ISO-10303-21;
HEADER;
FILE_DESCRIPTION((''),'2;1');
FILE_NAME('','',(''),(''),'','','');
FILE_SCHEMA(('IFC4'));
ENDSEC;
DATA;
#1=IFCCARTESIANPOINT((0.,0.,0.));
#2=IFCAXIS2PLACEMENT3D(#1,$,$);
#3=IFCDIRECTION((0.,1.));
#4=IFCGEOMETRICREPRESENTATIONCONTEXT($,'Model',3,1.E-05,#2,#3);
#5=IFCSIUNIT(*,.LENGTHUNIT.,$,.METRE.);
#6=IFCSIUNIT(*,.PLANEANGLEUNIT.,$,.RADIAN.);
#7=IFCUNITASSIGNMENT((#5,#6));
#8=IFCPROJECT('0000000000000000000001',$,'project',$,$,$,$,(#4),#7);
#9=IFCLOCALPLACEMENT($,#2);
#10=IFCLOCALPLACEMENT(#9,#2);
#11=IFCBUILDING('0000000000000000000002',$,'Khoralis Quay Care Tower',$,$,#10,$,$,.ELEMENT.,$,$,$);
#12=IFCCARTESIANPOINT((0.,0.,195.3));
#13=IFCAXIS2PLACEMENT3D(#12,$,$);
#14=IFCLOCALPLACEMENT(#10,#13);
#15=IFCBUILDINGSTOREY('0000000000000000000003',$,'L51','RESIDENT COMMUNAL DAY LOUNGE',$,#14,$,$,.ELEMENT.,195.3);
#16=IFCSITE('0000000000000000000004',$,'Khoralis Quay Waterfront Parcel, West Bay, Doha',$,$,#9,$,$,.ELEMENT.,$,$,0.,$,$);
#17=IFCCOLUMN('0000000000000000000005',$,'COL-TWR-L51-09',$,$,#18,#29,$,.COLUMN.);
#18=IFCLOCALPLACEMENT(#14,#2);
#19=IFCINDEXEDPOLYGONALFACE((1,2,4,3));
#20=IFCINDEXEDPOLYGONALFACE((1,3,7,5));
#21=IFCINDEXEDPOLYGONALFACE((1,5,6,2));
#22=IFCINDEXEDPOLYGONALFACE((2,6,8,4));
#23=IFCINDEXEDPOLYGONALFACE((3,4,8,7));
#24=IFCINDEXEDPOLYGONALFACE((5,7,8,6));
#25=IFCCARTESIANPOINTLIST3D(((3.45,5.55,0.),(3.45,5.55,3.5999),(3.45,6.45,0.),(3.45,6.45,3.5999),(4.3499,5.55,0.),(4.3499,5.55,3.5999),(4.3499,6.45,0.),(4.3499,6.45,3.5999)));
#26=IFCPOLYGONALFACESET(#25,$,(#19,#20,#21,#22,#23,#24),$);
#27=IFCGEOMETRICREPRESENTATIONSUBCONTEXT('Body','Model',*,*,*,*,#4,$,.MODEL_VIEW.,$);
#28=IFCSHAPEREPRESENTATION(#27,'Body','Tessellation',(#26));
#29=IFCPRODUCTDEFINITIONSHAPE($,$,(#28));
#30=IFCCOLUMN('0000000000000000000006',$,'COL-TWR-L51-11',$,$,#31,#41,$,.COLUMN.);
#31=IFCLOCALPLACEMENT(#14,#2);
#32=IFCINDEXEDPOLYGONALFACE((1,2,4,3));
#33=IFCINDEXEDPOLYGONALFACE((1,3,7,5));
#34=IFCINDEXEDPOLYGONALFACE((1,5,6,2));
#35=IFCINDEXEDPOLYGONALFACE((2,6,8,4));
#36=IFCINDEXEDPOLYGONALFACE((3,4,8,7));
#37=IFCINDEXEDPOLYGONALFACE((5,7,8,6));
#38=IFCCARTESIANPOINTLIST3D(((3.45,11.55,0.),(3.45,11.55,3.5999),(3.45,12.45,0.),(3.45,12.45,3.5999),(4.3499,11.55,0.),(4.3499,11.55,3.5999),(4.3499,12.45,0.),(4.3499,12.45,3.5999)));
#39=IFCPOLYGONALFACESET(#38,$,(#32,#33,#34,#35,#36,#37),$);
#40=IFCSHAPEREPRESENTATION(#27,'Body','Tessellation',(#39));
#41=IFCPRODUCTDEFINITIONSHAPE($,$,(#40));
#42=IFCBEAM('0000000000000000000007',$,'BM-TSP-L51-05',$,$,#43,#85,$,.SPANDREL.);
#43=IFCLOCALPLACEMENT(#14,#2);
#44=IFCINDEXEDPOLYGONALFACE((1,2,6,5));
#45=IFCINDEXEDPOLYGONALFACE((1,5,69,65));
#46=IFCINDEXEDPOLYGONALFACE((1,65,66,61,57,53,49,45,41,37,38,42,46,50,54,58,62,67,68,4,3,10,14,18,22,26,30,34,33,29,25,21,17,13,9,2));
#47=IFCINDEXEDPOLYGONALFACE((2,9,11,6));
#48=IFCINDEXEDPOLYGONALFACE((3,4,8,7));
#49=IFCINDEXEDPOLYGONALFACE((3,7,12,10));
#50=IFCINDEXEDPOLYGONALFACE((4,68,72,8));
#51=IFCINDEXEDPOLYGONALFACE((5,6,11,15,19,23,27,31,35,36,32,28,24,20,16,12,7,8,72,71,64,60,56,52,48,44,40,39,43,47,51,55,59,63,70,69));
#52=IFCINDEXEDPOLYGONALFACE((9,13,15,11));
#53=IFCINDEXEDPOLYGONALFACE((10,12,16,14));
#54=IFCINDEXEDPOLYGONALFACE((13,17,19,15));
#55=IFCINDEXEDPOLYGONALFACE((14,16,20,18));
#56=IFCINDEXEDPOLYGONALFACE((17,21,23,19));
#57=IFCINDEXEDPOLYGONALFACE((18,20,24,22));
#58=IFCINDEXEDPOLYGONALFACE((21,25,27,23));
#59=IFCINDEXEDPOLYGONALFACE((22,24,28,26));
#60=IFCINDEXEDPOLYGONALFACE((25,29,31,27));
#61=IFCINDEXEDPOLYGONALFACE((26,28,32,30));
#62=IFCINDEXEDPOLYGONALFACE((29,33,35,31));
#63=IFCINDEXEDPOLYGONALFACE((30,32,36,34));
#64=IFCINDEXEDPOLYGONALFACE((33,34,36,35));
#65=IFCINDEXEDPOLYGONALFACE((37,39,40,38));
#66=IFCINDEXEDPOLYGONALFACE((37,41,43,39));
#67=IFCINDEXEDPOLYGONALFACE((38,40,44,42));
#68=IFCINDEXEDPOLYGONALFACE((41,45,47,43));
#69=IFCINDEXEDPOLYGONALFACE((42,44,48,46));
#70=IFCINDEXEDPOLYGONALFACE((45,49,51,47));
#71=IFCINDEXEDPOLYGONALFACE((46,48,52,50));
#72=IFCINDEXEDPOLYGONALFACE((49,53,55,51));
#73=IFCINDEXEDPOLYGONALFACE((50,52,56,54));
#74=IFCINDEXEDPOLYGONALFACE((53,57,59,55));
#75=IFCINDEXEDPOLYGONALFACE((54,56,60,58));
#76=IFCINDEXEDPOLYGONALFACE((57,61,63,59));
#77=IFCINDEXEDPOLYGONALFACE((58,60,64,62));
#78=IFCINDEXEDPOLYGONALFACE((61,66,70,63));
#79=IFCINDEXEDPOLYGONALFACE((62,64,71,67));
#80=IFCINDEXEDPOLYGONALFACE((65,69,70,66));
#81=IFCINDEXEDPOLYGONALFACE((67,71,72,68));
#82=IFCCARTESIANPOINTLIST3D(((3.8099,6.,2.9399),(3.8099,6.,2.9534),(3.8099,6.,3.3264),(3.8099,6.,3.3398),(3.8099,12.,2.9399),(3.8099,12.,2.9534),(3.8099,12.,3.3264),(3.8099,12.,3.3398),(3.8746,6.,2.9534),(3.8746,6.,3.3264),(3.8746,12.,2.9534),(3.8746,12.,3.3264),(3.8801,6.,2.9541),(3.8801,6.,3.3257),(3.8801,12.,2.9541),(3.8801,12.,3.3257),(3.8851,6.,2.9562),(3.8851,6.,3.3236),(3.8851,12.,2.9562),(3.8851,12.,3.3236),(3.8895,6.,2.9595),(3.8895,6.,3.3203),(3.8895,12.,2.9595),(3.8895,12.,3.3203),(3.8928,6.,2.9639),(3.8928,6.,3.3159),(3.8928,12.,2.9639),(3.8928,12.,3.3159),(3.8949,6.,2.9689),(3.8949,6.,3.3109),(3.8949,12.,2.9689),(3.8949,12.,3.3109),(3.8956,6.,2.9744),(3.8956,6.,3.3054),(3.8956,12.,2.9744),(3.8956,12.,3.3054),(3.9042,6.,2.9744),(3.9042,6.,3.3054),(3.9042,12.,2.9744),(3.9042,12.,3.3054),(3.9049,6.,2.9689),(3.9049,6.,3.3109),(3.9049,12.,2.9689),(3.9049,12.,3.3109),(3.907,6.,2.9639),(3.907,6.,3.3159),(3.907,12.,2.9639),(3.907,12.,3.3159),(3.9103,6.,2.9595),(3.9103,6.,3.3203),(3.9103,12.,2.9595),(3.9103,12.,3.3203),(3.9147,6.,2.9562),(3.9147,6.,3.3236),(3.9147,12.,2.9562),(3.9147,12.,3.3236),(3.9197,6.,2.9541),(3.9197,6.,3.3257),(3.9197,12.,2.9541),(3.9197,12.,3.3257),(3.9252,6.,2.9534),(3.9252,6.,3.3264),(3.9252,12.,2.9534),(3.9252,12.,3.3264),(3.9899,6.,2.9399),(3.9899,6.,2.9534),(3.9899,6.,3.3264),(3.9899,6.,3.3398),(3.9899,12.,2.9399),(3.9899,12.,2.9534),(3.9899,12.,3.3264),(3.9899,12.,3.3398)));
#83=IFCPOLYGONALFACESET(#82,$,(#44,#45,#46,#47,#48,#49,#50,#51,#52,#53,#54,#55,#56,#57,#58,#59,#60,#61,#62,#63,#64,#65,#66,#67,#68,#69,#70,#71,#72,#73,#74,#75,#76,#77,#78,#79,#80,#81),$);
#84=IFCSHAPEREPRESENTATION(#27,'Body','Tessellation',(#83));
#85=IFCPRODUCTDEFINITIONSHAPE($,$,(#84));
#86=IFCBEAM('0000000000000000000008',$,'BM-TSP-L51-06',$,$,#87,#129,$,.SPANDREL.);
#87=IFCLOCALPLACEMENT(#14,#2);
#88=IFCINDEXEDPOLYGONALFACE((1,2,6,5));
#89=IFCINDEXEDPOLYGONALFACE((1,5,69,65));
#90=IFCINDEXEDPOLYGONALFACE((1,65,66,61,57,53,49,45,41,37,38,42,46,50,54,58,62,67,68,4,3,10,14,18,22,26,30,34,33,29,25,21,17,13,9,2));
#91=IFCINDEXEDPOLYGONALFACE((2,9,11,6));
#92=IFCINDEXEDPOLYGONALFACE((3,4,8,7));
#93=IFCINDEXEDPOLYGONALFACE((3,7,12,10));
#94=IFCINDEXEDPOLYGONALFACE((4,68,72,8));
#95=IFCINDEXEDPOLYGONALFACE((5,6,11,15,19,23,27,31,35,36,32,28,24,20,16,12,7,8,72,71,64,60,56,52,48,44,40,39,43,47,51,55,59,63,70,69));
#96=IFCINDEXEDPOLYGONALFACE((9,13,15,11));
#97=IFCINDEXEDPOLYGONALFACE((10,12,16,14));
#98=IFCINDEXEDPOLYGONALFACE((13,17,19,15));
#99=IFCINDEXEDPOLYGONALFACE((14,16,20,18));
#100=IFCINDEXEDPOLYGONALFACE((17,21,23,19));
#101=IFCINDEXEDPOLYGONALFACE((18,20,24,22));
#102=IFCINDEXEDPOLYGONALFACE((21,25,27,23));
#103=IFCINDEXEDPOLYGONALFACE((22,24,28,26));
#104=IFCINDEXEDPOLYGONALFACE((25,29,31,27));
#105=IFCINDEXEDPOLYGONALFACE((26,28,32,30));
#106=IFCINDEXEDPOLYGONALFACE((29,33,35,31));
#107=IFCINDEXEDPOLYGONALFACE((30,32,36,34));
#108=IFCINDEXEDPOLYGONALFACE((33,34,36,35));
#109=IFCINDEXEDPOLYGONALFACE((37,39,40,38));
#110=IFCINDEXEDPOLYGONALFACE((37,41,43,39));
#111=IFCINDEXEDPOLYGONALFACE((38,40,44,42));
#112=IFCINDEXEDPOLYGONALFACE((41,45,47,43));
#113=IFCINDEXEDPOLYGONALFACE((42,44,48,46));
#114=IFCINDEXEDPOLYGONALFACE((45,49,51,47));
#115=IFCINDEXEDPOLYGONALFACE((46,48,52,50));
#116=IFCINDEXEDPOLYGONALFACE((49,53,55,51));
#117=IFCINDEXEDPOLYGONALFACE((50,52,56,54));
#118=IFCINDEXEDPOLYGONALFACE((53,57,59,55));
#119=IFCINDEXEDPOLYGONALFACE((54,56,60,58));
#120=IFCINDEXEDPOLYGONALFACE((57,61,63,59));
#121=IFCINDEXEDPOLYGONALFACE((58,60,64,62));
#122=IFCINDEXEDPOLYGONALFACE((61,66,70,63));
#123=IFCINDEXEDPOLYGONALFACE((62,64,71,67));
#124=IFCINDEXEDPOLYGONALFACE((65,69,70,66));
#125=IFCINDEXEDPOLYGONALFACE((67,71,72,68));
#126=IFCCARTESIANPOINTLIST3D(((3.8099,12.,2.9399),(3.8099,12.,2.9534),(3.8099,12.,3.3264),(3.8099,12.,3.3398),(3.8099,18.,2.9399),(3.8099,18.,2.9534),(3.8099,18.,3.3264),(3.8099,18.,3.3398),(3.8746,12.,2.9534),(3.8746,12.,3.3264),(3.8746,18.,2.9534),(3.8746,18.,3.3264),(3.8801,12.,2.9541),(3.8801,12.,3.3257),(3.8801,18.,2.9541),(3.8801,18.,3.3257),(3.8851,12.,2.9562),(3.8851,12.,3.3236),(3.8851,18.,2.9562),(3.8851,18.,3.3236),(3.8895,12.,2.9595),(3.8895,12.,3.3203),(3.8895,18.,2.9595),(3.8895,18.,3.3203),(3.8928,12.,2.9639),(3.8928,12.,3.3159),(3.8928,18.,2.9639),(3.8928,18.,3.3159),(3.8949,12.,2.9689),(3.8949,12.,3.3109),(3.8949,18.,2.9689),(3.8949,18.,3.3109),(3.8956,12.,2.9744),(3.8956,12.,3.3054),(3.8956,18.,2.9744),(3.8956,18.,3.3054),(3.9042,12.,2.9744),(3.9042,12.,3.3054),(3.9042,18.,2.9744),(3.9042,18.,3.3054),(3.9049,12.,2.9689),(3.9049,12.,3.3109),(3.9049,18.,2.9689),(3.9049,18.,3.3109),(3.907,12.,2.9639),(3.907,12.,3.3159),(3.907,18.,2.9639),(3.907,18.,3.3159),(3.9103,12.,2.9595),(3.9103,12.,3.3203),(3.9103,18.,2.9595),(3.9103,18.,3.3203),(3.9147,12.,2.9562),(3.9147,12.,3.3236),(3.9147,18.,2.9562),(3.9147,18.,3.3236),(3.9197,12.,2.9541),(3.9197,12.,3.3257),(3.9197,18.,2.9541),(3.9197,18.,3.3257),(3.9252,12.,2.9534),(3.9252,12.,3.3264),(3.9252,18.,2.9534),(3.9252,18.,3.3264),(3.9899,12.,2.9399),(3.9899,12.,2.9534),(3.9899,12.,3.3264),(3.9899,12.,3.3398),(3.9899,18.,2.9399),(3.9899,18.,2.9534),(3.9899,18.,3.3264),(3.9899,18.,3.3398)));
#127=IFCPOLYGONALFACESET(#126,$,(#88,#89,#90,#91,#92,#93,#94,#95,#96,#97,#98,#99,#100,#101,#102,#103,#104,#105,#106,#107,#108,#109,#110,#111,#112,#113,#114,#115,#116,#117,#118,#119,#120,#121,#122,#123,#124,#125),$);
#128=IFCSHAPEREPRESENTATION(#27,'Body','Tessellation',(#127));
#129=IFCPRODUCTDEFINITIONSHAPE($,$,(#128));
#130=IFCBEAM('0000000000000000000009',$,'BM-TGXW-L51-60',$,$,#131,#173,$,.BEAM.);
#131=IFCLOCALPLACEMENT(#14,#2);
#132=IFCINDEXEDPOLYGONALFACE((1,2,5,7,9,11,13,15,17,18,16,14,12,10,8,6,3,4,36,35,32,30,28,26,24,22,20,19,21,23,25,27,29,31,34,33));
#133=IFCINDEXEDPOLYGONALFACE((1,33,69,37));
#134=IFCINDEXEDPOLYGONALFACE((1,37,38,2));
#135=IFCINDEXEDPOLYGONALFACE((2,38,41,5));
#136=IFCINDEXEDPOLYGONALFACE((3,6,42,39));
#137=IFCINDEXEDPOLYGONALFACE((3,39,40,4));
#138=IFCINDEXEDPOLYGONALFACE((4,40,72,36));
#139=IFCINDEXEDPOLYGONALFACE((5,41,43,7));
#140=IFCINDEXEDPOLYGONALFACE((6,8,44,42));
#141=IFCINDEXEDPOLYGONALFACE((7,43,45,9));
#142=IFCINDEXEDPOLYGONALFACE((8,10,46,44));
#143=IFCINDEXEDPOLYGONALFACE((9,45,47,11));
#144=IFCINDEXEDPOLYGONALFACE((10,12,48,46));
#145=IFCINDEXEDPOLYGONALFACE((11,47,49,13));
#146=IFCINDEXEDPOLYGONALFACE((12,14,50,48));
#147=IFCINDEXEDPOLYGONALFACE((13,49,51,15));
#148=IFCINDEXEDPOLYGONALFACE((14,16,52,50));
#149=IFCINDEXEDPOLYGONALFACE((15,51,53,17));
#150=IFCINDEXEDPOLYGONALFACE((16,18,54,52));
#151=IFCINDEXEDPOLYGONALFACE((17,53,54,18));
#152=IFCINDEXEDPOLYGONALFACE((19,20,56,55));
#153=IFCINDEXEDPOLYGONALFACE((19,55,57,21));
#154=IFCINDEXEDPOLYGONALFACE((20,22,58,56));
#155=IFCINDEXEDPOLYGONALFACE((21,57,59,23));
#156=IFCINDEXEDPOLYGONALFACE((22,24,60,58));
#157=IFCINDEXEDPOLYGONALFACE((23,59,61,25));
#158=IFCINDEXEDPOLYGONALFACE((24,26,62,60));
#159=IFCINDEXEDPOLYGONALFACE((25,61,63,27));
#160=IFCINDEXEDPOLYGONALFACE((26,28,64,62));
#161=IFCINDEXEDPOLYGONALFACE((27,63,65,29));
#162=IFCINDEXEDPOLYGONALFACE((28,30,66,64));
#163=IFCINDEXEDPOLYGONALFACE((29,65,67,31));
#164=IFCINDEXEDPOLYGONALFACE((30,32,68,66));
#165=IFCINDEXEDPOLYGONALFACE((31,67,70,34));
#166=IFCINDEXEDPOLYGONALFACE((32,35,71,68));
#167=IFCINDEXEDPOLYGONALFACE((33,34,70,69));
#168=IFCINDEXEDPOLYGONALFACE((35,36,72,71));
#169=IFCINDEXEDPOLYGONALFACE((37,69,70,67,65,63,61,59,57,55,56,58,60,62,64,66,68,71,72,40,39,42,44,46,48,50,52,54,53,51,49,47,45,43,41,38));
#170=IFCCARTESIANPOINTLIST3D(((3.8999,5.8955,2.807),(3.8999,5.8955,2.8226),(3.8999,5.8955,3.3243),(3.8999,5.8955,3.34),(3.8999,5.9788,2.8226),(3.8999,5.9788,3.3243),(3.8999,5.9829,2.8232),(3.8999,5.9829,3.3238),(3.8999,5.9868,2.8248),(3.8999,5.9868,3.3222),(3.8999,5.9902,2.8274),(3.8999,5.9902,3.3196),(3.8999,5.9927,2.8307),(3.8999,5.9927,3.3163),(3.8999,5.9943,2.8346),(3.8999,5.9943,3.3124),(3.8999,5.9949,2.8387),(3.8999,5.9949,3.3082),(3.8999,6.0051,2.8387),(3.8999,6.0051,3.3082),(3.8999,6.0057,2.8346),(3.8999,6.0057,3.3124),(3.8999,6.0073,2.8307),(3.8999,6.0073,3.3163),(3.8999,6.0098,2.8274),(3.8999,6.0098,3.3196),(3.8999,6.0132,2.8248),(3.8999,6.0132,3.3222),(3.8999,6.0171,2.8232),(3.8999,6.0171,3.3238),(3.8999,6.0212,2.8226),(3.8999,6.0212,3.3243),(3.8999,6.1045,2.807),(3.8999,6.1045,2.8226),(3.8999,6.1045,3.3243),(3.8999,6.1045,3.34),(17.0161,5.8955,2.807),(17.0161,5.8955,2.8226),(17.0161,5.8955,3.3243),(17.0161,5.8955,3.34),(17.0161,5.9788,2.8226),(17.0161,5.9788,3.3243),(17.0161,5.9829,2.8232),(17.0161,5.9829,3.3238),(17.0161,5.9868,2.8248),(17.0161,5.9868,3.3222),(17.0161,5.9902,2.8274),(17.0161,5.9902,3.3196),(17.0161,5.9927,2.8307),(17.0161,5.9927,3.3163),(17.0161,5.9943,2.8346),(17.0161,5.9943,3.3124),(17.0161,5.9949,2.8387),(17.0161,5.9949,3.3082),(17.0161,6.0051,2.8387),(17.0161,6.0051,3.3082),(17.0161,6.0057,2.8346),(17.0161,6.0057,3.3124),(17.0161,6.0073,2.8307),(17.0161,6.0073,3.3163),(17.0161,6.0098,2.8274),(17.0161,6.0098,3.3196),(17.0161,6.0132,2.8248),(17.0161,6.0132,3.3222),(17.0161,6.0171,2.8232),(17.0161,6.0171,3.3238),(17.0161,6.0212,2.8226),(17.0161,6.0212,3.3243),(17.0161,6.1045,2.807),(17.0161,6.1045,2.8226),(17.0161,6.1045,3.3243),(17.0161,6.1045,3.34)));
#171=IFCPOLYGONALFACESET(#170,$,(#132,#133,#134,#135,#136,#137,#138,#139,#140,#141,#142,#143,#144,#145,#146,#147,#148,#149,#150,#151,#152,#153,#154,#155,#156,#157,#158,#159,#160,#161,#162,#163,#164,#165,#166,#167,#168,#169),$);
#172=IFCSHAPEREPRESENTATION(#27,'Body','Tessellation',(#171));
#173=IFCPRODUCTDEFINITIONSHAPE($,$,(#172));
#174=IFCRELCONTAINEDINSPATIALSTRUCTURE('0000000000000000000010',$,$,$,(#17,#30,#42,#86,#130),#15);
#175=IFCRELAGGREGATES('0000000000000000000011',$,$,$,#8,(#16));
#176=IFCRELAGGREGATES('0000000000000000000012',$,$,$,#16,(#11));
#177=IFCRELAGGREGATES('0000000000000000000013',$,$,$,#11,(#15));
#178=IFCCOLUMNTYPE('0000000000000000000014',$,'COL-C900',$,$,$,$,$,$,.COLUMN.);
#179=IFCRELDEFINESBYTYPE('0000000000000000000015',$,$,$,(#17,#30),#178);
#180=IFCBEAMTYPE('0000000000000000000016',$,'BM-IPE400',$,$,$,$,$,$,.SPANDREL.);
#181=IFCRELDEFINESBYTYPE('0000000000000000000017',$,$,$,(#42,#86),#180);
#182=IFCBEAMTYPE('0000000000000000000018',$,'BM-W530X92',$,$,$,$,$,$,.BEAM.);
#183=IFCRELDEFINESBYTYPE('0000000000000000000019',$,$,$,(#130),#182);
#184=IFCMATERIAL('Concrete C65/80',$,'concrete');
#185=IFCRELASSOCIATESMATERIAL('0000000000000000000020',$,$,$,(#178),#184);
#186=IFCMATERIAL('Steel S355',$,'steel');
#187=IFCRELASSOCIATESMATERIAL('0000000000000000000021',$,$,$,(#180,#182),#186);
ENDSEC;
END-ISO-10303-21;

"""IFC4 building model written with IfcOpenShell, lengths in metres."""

from ifc_helpers import new_model, si_unit, direction, frame, origin, origin_2d, place, context, subcontext, project, spatial, rectangle, i_section, extrude, source, transform, mapped, material, material_profile, profile_set, type_object, element, save


model = new_model("IFC4")

# Units and contexts
model_context = context("Model", 3, precision=1e-05, world=origin(), true_north=direction((0.0, 1.0)))
body_context = subcontext(model_context, "Body", "Model", "MODEL_VIEW")
ifc_project = project(units=[si_unit("LENGTHUNIT", "METRE"), si_unit("PLANEANGLEUNIT", "RADIAN")], contexts=[model_context])

# Site, building, storey
site_placement = place(None, origin())
site = spatial("IfcSite", under=ifc_project, at=site_placement, Name="Khoralis Quay Waterfront Parcel, West Bay, Doha", CompositionType="ELEMENT", RefElevation=0.0)
building_placement = place(site_placement, origin())
building = spatial("IfcBuilding", under=site, at=building_placement, Name="Khoralis Quay Care Tower", CompositionType="ELEMENT")
storey_placement = place(building_placement, frame((0.0, 0.0, 195.3)))
storey = spatial("IfcBuildingStorey", under=building, at=storey_placement, Name="L51", Description="RESIDENT COMMUNAL DAY LOUNGE", CompositionType="ELEMENT", Elevation=195.3)

# Columns
ifc_material_1 = material(Name="Concrete C65/80", Category="concrete")
ifc_material_profile_1 = material_profile(ifc_material_1, rectangle(XDim=0.8999, YDim=0.8999, at=origin_2d()), Name="Concrete C65/80")
ifc_profile_set_1 = profile_set([ifc_material_profile_1], Name="Concrete C65/80")
column_type = type_object("IfcColumnType", Name="COL-C900", PredefinedType="COLUMN", material=ifc_profile_set_1)
shared_shape_1 = source(origin(), body_context, "Body", "SweptSolid", [
    extrude(rectangle(XDim=0.8999, YDim=0.8999, at=origin_2d()), origin(), (0.0, 0.0, 1.0), 3.5999),
])
for number, where, z_axis, x_axis, name in (
    (1, (3.8999, 6.0, 0.0), (0.0, 0.0, 1.0), (1.0, 0.0, 0.0), "COL-TWR-L51-09"),
    (2, (3.8999, 12.0, 0.0), (0.0, 0.0, 1.0), (1.0, 0.0, 0.0), "COL-TWR-L51-11"),
):
    element("IfcColumn", number, at=place(storey_placement, frame(where, z_axis=z_axis, x_axis=x_axis)), inside=storey, type_object=column_type, Name=name, PredefinedType="COLUMN", context=body_context, shape_type="MappedRepresentation", body=[
        mapped(shared_shape_1, transform((0.0, 0.0, 0.0), scale=1.0)),
    ])

# Beams
ifc_material_2 = material(Name="Steel S355", Category="steel")
ifc_material_profile_2 = material_profile(ifc_material_2, i_section(OverallWidth=0.1799, OverallDepth=0.3999, WebThickness=0.0085, FlangeThickness=0.0134, FilletRadius=0.021, at=origin_2d()), Name="Steel S355")
ifc_profile_set_2 = profile_set([ifc_material_profile_2], Name="Steel S355")
beam_type_1 = type_object("IfcBeamType", Name="BM-IPE400", PredefinedType="SPANDREL", material=ifc_profile_set_2)
shared_shape_2 = source(origin(), body_context, "Body", "SweptSolid", [
    extrude(i_section(OverallWidth=0.1799, OverallDepth=0.3999, WebThickness=0.0085, FlangeThickness=0.0134, FilletRadius=0.021, at=origin_2d()), origin(), (0.0, 0.0, 1.0), 6.0),
])
for number, where, z_axis, x_axis, name in (
    (3, (3.8999, 6.0, 3.1399), (0.0, 1.0, 0.0), (-1.0, 0.0, 0.0), "BM-TSP-L51-05"),
    (4, (3.8999, 12.0, 3.1399), (0.0, 1.0, 0.0), (-1.0, 0.0, 0.0), "BM-TSP-L51-06"),
):
    element("IfcBeam", number, at=place(storey_placement, frame(where, z_axis=z_axis, x_axis=x_axis)), inside=storey, type_object=beam_type_1, Name=name, PredefinedType="SPANDREL", context=body_context, shape_type="MappedRepresentation", body=[
        mapped(shared_shape_2, transform((0.0, 0.0, 0.0), scale=1.0)),
    ])
ifc_material_profile_3 = material_profile(ifc_material_2, i_section(OverallWidth=0.209, OverallDepth=0.533, WebThickness=0.0103, FlangeThickness=0.0156, FilletRadius=0.0161, at=origin_2d()), Name="Steel S355")
ifc_profile_set_3 = profile_set([ifc_material_profile_3], Name="Steel S355")
beam_type_2 = type_object("IfcBeamType", Name="BM-W530X92", PredefinedType="BEAM", material=ifc_profile_set_3)
shared_shape_3 = source(origin(), body_context, "Body", "SweptSolid", [
    extrude(i_section(OverallWidth=0.209, OverallDepth=0.533, WebThickness=0.0103, FlangeThickness=0.0156, FilletRadius=0.0161, at=origin_2d()), origin(), (0.0, 0.0, 1.0), 13.1162),
])
beam_1_placement = place(storey_placement, frame((3.8999, 6.0, 3.0735), z_axis=(1.0, 0.0, 0.0), x_axis=(0.0, 1.0, 0.0)))
element("IfcBeam", 5, at=beam_1_placement, inside=storey, type_object=beam_type_2, Name="BM-TGXW-L51-60", PredefinedType="BEAM", context=body_context, shape_type="MappedRepresentation", body=[
    mapped(shared_shape_3, transform((0.0, 0.0, 0.0), scale=1.0)),
])

save(model, "model.ifc")
